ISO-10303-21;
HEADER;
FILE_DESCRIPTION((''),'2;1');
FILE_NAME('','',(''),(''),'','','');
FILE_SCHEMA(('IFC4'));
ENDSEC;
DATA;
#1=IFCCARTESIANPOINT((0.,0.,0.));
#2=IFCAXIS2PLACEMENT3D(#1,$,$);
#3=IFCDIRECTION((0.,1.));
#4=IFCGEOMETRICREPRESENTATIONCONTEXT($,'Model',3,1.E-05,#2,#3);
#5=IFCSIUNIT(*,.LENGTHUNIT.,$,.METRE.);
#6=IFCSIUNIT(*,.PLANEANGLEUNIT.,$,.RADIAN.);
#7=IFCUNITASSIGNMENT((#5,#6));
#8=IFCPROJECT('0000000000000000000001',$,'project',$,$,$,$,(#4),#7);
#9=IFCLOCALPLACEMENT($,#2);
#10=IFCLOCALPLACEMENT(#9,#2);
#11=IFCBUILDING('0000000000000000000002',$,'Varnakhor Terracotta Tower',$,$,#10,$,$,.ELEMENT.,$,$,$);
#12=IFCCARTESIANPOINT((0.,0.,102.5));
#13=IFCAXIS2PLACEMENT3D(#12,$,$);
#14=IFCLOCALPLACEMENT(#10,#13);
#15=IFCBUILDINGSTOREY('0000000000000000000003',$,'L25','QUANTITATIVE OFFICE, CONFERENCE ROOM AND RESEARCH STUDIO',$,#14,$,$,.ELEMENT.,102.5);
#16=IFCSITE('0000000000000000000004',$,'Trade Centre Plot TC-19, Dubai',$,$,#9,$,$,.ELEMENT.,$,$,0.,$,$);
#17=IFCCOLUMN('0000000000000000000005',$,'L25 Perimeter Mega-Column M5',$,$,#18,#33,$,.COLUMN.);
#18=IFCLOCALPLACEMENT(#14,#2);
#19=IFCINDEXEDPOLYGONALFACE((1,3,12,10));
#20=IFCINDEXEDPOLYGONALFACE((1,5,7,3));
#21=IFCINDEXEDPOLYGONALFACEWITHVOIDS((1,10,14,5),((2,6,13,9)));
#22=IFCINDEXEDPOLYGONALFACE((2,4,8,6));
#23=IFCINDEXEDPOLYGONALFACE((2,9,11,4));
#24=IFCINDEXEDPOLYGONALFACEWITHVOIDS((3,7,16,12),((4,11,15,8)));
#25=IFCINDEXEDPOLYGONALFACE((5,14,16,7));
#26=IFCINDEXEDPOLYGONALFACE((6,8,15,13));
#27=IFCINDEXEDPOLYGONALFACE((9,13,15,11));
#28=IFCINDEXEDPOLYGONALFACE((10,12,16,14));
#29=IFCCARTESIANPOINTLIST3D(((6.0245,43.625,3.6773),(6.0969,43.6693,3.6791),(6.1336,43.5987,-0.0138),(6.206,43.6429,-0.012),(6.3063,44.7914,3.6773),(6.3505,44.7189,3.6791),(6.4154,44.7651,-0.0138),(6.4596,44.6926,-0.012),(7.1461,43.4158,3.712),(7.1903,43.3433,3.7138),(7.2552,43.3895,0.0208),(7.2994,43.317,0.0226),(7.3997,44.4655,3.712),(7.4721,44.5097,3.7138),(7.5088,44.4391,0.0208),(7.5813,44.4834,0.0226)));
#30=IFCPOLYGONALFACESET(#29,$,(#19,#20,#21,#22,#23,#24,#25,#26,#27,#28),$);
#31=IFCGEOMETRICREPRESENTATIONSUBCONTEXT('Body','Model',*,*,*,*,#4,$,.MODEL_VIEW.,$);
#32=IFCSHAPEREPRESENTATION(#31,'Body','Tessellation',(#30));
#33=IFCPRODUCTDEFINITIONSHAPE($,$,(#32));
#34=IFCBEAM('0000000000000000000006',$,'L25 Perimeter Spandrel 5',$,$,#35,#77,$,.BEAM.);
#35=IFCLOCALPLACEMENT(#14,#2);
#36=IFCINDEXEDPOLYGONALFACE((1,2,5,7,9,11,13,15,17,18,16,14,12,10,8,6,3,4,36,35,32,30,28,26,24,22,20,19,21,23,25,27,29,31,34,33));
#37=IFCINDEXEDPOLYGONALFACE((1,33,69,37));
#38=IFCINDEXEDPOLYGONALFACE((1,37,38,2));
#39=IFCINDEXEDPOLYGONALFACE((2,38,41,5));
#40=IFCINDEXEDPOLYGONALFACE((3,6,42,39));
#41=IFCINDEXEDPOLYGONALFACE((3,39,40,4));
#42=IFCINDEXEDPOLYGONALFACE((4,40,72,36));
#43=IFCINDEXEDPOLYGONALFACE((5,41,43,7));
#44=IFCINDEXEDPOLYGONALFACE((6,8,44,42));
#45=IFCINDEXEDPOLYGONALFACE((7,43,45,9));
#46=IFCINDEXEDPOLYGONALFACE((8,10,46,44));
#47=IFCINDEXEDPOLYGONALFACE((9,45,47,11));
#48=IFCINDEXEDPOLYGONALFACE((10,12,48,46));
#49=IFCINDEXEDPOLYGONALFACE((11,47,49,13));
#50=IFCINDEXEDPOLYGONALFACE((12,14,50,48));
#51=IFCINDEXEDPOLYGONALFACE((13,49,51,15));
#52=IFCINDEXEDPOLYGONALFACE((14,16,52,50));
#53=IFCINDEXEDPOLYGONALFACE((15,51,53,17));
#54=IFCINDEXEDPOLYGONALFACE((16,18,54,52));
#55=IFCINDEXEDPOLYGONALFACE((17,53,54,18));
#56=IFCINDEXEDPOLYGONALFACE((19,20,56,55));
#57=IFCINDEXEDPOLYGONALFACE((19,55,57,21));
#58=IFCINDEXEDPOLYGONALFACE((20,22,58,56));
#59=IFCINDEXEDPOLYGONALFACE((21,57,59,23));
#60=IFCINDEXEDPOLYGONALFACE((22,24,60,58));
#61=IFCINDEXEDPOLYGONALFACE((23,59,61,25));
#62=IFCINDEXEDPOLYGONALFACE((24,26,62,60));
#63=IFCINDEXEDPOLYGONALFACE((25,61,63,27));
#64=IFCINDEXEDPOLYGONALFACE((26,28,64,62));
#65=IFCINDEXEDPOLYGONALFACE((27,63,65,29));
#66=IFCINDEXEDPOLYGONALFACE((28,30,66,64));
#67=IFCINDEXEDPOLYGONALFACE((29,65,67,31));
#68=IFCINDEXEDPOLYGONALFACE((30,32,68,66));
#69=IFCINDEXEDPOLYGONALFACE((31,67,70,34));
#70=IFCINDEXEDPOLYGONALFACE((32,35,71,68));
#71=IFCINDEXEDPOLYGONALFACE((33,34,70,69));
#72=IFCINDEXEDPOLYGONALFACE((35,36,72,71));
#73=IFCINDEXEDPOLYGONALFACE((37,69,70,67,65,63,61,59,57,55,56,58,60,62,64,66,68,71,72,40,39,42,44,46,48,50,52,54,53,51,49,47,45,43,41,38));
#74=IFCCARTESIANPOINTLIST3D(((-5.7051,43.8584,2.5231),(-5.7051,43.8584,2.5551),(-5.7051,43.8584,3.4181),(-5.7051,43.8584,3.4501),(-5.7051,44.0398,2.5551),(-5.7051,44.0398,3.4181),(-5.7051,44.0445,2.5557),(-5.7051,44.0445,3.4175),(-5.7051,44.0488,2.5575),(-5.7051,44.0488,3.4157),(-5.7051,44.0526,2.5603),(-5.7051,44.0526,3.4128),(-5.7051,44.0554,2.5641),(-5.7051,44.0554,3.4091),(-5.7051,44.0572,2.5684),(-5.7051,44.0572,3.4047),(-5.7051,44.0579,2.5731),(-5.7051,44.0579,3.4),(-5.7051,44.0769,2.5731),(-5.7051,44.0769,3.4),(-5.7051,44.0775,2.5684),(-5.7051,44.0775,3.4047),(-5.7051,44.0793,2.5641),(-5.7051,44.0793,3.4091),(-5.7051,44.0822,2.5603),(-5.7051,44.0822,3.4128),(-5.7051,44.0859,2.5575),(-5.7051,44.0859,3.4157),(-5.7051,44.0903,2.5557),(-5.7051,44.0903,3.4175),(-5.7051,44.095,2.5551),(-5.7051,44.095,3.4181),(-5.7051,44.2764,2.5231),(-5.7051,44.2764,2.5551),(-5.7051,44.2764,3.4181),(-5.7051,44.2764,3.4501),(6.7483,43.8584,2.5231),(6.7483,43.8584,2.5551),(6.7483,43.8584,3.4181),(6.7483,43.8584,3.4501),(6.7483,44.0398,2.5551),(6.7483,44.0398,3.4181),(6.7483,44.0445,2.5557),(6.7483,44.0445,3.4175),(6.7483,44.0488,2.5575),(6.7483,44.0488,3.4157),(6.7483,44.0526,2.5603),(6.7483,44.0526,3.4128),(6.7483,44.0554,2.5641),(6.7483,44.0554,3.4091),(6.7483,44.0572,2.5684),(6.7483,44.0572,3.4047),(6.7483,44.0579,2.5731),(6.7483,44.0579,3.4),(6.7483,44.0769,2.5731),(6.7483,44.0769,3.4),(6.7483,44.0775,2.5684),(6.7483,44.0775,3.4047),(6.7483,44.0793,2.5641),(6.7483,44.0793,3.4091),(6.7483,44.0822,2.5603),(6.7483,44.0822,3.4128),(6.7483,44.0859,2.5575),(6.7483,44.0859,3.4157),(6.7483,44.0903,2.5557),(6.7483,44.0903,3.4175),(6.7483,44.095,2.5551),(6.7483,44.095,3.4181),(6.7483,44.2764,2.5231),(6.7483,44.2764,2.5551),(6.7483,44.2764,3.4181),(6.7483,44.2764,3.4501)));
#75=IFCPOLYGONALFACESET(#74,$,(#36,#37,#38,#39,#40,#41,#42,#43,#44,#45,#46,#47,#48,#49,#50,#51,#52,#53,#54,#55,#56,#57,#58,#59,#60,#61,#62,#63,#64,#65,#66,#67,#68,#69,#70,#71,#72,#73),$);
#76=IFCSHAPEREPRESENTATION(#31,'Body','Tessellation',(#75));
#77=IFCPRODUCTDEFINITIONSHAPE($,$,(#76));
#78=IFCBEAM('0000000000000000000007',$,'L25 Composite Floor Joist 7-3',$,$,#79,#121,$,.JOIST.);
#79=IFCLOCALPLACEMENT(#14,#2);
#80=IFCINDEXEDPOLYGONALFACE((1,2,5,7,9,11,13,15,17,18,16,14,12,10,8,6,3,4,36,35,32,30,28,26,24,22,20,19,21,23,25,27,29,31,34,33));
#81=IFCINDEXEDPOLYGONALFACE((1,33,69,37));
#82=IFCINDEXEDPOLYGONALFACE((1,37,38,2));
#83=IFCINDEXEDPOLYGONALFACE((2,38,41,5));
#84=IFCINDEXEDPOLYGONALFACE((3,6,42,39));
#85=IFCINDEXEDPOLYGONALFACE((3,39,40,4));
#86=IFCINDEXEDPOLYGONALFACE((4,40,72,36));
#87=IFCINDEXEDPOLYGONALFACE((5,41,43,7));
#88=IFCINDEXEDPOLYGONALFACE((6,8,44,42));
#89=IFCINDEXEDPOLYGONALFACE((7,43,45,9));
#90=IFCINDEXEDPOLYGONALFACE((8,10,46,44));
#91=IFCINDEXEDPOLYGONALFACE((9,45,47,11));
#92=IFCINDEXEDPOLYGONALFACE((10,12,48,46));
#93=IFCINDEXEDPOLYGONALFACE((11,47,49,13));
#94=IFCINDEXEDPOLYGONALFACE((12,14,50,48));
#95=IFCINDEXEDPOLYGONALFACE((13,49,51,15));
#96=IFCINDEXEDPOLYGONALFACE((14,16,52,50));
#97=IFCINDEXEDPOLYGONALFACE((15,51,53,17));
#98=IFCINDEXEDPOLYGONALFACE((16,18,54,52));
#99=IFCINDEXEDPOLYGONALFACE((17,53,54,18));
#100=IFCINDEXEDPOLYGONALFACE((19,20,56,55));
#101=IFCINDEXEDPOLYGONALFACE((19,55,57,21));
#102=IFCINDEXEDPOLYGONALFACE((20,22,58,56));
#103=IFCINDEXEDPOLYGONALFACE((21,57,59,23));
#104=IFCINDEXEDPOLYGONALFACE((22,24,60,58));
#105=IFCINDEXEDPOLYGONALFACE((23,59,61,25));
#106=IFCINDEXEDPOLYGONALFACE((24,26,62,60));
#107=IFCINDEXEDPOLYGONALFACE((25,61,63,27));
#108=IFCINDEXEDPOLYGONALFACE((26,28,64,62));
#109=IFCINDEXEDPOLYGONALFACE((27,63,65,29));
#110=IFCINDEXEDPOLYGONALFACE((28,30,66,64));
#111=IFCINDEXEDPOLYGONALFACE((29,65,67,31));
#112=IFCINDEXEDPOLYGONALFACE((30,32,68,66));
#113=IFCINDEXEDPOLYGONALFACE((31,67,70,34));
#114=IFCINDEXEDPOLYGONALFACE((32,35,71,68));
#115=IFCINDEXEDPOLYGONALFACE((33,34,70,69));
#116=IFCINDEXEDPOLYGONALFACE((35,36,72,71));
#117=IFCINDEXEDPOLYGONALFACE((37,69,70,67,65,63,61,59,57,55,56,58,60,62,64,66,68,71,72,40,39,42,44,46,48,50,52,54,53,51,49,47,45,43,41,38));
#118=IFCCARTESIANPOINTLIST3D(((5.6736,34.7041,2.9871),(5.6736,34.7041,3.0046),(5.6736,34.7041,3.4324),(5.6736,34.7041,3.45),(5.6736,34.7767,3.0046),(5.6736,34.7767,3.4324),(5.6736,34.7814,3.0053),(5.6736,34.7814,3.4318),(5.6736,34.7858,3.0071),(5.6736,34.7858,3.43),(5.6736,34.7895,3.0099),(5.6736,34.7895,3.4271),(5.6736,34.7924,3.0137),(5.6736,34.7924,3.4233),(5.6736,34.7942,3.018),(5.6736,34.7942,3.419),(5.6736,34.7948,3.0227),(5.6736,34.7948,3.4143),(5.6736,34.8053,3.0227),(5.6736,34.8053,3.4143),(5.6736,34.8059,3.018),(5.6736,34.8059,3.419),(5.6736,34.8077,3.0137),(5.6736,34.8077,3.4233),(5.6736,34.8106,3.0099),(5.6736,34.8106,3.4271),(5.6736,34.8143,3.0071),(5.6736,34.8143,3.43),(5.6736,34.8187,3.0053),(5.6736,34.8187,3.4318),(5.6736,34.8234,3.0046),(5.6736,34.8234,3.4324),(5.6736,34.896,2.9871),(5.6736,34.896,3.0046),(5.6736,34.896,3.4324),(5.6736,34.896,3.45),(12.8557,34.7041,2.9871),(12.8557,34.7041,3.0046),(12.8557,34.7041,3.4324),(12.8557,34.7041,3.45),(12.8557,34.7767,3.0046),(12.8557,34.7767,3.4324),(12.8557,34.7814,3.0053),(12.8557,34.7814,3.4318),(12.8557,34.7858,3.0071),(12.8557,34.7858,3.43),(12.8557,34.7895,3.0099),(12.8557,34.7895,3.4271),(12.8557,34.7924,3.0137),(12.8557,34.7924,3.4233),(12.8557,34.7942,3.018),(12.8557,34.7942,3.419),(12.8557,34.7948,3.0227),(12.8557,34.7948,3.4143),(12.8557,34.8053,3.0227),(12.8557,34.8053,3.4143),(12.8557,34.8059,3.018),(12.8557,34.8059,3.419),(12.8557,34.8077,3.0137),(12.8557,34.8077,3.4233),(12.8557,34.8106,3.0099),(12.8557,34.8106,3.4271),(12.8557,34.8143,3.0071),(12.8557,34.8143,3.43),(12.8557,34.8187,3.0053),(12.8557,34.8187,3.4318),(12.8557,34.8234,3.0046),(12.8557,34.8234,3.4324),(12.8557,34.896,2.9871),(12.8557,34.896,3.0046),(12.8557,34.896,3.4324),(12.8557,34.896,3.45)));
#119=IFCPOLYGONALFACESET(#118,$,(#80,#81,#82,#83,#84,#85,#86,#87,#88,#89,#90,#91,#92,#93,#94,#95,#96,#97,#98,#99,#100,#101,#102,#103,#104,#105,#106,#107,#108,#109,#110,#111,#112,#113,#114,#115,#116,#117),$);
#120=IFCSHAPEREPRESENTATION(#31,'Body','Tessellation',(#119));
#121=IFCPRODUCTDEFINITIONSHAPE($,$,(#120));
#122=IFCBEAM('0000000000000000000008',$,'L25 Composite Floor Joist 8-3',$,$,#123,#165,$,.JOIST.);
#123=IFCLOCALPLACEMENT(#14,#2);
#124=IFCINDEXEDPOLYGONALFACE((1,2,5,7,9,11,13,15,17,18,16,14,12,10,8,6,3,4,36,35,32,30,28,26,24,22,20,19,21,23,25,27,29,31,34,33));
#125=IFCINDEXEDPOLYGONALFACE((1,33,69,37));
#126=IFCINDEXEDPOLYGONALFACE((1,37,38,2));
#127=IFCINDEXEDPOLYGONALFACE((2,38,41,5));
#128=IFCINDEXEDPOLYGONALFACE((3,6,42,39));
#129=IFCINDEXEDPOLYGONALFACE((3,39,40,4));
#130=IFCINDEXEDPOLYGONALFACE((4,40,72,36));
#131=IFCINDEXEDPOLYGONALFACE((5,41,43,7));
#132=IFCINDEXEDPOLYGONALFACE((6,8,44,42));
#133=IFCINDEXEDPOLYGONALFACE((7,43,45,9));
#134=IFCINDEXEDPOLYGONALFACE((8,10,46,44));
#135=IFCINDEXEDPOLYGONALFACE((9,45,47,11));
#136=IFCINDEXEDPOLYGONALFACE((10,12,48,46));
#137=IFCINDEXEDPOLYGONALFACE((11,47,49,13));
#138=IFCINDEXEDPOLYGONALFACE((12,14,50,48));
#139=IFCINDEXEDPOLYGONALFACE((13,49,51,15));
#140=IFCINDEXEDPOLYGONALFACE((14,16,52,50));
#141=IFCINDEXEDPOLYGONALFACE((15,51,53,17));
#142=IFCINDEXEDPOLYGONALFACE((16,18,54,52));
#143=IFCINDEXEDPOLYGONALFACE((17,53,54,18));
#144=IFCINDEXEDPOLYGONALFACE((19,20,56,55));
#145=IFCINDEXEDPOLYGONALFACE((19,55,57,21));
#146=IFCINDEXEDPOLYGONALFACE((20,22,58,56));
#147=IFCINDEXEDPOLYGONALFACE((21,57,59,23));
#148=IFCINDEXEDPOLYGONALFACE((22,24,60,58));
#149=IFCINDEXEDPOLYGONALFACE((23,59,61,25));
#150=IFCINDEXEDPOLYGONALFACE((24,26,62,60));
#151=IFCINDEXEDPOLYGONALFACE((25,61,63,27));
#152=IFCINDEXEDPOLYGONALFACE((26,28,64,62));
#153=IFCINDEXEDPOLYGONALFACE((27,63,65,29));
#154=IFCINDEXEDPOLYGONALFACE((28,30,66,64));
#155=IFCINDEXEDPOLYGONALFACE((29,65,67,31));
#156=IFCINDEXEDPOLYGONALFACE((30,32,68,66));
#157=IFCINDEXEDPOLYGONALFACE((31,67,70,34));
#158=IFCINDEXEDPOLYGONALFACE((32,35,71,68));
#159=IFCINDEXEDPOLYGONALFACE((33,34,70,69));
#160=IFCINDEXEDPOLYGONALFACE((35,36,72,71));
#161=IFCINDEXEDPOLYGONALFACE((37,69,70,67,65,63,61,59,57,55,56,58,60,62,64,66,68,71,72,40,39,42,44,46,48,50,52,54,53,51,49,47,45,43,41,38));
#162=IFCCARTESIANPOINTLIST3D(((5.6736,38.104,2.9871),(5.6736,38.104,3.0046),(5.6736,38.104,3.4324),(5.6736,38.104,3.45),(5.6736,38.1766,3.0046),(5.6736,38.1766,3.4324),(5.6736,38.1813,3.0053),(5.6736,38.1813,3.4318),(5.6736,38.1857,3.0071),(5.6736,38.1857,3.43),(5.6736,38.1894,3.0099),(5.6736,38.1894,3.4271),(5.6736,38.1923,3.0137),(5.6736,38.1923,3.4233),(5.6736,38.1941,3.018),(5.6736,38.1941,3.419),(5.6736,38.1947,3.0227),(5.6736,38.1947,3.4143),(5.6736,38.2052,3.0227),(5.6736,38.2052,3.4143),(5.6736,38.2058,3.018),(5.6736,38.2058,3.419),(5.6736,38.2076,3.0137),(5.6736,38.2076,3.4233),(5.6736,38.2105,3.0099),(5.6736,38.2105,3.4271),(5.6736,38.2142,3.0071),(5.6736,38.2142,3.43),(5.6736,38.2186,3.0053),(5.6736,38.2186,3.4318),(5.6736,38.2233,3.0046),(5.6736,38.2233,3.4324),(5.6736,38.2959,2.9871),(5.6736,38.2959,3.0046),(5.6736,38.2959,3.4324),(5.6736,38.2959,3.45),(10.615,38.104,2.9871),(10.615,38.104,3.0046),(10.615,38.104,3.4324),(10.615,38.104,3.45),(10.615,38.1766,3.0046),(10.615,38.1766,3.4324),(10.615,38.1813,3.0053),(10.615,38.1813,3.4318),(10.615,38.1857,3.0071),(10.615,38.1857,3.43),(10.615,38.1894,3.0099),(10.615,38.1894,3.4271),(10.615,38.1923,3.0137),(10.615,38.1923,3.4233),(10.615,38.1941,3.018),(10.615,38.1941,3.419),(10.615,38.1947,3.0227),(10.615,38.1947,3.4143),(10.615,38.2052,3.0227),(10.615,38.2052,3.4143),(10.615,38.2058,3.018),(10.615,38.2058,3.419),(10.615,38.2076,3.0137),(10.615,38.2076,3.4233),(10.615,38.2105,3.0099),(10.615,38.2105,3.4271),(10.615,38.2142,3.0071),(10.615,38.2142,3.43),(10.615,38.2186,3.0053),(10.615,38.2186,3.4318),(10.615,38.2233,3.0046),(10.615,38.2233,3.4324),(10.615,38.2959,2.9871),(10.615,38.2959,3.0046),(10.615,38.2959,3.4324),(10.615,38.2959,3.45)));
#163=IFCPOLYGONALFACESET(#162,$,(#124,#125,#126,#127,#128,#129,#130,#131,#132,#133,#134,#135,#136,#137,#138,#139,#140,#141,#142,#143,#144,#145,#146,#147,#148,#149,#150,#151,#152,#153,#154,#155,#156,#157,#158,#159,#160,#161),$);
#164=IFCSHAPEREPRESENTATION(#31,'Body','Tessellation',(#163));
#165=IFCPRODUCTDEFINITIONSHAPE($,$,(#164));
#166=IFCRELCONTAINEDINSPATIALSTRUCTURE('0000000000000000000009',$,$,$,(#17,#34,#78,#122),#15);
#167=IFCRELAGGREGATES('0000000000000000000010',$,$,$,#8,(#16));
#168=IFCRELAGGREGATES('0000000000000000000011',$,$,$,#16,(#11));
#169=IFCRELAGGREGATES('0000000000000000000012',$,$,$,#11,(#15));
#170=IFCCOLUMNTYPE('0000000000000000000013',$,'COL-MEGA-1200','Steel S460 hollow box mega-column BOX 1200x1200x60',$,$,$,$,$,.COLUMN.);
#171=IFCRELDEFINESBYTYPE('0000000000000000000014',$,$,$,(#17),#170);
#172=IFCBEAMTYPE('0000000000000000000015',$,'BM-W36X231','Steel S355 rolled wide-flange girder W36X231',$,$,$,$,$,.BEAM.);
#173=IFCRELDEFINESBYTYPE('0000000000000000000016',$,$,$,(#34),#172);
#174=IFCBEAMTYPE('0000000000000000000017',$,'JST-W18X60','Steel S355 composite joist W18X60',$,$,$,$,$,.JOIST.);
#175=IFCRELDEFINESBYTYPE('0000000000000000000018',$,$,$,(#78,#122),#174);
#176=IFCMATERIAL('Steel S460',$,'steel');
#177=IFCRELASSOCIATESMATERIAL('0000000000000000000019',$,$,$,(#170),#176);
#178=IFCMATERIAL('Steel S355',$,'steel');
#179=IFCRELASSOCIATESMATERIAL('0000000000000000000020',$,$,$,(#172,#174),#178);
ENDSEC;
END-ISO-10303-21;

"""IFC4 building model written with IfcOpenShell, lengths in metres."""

from ifc_helpers import new_model, si_unit, direction, frame, origin, origin_2d, place, context, subcontext, project, spatial, hollow_rectangle, i_section, extrude, source, transform, mapped, material, material_profile, profile_set, type_object, element, save


model = new_model("IFC4")

# Units and contexts
model_context = context("Model", 3, precision=1e-05, world=origin(), true_north=direction((0.0, 1.0)))
body_context = subcontext(model_context, "Body", "Model", "MODEL_VIEW")
ifc_project = project(units=[si_unit("LENGTHUNIT", "METRE"), si_unit("PLANEANGLEUNIT", "RADIAN")], contexts=[model_context])

# Site, building, storey
site_placement = place(None, origin())
site = spatial("IfcSite", under=ifc_project, at=site_placement, Name="Trade Centre Plot TC-19, Dubai", CompositionType="ELEMENT", RefElevation=0.0)
building_placement = place(site_placement, origin())
building = spatial("IfcBuilding", under=site, at=building_placement, Name="Varnakhor Terracotta Tower", CompositionType="ELEMENT")
storey_placement = place(building_placement, frame((0.0, 0.0, 102.5)))
storey = spatial("IfcBuildingStorey", under=building, at=storey_placement, Name="L25", Description="QUANTITATIVE OFFICE, CONFERENCE ROOM AND RESEARCH STUDIO", CompositionType="ELEMENT", Elevation=102.5)

# Column
ifc_material_1 = material(Name="Steel S460", Category="steel")
ifc_material_profile_1 = material_profile(ifc_material_1, hollow_rectangle(XDim=1.2, YDim=1.2, WallThickness=0.0601, at=origin_2d()), Name="BOX 1200x1200x60")
ifc_profile_set_1 = profile_set([ifc_material_profile_1], Name="Steel S460")
column_type = type_object("IfcColumnType", Name="COL-MEGA-1200", Description="Steel S460 hollow box mega-column BOX 1200x1200x60", PredefinedType="COLUMN", material=ifc_profile_set_1)
shared_shape_1 = source(origin(), body_context, "Body", "SweptSolid", [
    extrude(hollow_rectangle(XDim=1.2, YDim=1.2, WallThickness=0.0601, at=origin_2d()), origin(), (0.0, 0.0, 1.0), 3.6929),
])
column_placement = place(storey_placement, frame((6.8574, 44.041, 0.0044), z_axis=(-0.029552, 0.00714, 0.999538), x_axis=(-0.234853, -0.972031, 0.0)))
element("IfcColumn", 1, at=column_placement, inside=storey, type_object=column_type, Name="L25 Perimeter Mega-Column M5", PredefinedType="COLUMN", context=body_context, shape_type="MappedRepresentation", body=[
    mapped(shared_shape_1, transform((0.0, 0.0, 0.0), scale=1.0)),
])

# Beams
ifc_material_2 = material(Name="Steel S355", Category="steel")
ifc_material_profile_2 = material_profile(ifc_material_2, i_section(OverallWidth=0.418, OverallDepth=0.927, WebThickness=0.019, FlangeThickness=0.032, FilletRadius=0.0181, at=origin_2d()), Name="W36X231")
ifc_profile_set_2 = profile_set([ifc_material_profile_2], Name="Steel S355")
beam_type_1 = type_object("IfcBeamType", Name="BM-W36X231", Description="Steel S355 rolled wide-flange girder W36X231", PredefinedType="BEAM", material=ifc_profile_set_2)
shared_shape_2 = source(origin(), body_context, "Body", "SweptSolid", [
    extrude(i_section(OverallWidth=0.418, OverallDepth=0.927, WebThickness=0.019, FlangeThickness=0.032, FilletRadius=0.0181, at=origin_2d()), origin(), (0.0, 0.0, 1.0), 12.4534),
])
beam_1_placement = place(storey_placement, frame((6.7483, 44.0674, 2.9866), z_axis=(-1.0, 0.0, 0.0), x_axis=(0.0, -1.0, 0.0)))
element("IfcBeam", 2, at=beam_1_placement, inside=storey, type_object=beam_type_1, Name="L25 Perimeter Spandrel 5", PredefinedType="BEAM", context=body_context, shape_type="MappedRepresentation", body=[
    mapped(shared_shape_2, transform((0.0, 0.0, 0.0), scale=1.0)),
])
ifc_material_profile_3 = material_profile(ifc_material_2, i_section(OverallWidth=0.1919, OverallDepth=0.4629, WebThickness=0.0105, FlangeThickness=0.0176, FilletRadius=0.0181, at=origin_2d()), Name="W18X60")
ifc_profile_set_3 = profile_set([ifc_material_profile_3], Name="Steel S355")
beam_type_2 = type_object("IfcBeamType", Name="JST-W18X60", Description="Steel S355 composite joist W18X60", PredefinedType="JOIST", material=ifc_profile_set_3)
shared_shape_3 = source(origin(), body_context, "Body", "SweptSolid", [
    extrude(i_section(OverallWidth=0.1919, OverallDepth=0.4629, WebThickness=0.0105, FlangeThickness=0.0176, FilletRadius=0.0181, at=origin_2d()), origin(), (0.0, 0.0, 1.0), 7.1821),
])
beam_2_placement = place(storey_placement, frame((5.6736, 34.8, 3.2185), z_axis=(1.0, 0.0, 0.0), x_axis=(0.0, 1.0, 0.0)))
element("IfcBeam", 3, at=beam_2_placement, inside=storey, type_object=beam_type_2, Name="L25 Composite Floor Joist 7-3", PredefinedType="JOIST", context=body_context, shape_type="MappedRepresentation", body=[
    mapped(shared_shape_3, transform((0.0, 0.0, 0.0), scale=1.0)),
])
shared_shape_4 = source(origin(), body_context, "Body", "SweptSolid", [
    extrude(i_section(OverallWidth=0.1919, OverallDepth=0.4629, WebThickness=0.0105, FlangeThickness=0.0176, FilletRadius=0.0181, at=origin_2d()), origin(), (0.0, 0.0, 1.0), 4.9414),
])
beam_3_placement = place(storey_placement, frame((5.6736, 38.2, 3.2185), z_axis=(1.0, 0.0, 0.0), x_axis=(0.0, 1.0, 0.0)))
element("IfcBeam", 4, at=beam_3_placement, inside=storey, type_object=beam_type_2, Name="L25 Composite Floor Joist 8-3", PredefinedType="JOIST", context=body_context, shape_type="MappedRepresentation", body=[
    mapped(shared_shape_4, transform((0.0, 0.0, 0.0), scale=1.0)),
])

save(model, "model.ifc")
